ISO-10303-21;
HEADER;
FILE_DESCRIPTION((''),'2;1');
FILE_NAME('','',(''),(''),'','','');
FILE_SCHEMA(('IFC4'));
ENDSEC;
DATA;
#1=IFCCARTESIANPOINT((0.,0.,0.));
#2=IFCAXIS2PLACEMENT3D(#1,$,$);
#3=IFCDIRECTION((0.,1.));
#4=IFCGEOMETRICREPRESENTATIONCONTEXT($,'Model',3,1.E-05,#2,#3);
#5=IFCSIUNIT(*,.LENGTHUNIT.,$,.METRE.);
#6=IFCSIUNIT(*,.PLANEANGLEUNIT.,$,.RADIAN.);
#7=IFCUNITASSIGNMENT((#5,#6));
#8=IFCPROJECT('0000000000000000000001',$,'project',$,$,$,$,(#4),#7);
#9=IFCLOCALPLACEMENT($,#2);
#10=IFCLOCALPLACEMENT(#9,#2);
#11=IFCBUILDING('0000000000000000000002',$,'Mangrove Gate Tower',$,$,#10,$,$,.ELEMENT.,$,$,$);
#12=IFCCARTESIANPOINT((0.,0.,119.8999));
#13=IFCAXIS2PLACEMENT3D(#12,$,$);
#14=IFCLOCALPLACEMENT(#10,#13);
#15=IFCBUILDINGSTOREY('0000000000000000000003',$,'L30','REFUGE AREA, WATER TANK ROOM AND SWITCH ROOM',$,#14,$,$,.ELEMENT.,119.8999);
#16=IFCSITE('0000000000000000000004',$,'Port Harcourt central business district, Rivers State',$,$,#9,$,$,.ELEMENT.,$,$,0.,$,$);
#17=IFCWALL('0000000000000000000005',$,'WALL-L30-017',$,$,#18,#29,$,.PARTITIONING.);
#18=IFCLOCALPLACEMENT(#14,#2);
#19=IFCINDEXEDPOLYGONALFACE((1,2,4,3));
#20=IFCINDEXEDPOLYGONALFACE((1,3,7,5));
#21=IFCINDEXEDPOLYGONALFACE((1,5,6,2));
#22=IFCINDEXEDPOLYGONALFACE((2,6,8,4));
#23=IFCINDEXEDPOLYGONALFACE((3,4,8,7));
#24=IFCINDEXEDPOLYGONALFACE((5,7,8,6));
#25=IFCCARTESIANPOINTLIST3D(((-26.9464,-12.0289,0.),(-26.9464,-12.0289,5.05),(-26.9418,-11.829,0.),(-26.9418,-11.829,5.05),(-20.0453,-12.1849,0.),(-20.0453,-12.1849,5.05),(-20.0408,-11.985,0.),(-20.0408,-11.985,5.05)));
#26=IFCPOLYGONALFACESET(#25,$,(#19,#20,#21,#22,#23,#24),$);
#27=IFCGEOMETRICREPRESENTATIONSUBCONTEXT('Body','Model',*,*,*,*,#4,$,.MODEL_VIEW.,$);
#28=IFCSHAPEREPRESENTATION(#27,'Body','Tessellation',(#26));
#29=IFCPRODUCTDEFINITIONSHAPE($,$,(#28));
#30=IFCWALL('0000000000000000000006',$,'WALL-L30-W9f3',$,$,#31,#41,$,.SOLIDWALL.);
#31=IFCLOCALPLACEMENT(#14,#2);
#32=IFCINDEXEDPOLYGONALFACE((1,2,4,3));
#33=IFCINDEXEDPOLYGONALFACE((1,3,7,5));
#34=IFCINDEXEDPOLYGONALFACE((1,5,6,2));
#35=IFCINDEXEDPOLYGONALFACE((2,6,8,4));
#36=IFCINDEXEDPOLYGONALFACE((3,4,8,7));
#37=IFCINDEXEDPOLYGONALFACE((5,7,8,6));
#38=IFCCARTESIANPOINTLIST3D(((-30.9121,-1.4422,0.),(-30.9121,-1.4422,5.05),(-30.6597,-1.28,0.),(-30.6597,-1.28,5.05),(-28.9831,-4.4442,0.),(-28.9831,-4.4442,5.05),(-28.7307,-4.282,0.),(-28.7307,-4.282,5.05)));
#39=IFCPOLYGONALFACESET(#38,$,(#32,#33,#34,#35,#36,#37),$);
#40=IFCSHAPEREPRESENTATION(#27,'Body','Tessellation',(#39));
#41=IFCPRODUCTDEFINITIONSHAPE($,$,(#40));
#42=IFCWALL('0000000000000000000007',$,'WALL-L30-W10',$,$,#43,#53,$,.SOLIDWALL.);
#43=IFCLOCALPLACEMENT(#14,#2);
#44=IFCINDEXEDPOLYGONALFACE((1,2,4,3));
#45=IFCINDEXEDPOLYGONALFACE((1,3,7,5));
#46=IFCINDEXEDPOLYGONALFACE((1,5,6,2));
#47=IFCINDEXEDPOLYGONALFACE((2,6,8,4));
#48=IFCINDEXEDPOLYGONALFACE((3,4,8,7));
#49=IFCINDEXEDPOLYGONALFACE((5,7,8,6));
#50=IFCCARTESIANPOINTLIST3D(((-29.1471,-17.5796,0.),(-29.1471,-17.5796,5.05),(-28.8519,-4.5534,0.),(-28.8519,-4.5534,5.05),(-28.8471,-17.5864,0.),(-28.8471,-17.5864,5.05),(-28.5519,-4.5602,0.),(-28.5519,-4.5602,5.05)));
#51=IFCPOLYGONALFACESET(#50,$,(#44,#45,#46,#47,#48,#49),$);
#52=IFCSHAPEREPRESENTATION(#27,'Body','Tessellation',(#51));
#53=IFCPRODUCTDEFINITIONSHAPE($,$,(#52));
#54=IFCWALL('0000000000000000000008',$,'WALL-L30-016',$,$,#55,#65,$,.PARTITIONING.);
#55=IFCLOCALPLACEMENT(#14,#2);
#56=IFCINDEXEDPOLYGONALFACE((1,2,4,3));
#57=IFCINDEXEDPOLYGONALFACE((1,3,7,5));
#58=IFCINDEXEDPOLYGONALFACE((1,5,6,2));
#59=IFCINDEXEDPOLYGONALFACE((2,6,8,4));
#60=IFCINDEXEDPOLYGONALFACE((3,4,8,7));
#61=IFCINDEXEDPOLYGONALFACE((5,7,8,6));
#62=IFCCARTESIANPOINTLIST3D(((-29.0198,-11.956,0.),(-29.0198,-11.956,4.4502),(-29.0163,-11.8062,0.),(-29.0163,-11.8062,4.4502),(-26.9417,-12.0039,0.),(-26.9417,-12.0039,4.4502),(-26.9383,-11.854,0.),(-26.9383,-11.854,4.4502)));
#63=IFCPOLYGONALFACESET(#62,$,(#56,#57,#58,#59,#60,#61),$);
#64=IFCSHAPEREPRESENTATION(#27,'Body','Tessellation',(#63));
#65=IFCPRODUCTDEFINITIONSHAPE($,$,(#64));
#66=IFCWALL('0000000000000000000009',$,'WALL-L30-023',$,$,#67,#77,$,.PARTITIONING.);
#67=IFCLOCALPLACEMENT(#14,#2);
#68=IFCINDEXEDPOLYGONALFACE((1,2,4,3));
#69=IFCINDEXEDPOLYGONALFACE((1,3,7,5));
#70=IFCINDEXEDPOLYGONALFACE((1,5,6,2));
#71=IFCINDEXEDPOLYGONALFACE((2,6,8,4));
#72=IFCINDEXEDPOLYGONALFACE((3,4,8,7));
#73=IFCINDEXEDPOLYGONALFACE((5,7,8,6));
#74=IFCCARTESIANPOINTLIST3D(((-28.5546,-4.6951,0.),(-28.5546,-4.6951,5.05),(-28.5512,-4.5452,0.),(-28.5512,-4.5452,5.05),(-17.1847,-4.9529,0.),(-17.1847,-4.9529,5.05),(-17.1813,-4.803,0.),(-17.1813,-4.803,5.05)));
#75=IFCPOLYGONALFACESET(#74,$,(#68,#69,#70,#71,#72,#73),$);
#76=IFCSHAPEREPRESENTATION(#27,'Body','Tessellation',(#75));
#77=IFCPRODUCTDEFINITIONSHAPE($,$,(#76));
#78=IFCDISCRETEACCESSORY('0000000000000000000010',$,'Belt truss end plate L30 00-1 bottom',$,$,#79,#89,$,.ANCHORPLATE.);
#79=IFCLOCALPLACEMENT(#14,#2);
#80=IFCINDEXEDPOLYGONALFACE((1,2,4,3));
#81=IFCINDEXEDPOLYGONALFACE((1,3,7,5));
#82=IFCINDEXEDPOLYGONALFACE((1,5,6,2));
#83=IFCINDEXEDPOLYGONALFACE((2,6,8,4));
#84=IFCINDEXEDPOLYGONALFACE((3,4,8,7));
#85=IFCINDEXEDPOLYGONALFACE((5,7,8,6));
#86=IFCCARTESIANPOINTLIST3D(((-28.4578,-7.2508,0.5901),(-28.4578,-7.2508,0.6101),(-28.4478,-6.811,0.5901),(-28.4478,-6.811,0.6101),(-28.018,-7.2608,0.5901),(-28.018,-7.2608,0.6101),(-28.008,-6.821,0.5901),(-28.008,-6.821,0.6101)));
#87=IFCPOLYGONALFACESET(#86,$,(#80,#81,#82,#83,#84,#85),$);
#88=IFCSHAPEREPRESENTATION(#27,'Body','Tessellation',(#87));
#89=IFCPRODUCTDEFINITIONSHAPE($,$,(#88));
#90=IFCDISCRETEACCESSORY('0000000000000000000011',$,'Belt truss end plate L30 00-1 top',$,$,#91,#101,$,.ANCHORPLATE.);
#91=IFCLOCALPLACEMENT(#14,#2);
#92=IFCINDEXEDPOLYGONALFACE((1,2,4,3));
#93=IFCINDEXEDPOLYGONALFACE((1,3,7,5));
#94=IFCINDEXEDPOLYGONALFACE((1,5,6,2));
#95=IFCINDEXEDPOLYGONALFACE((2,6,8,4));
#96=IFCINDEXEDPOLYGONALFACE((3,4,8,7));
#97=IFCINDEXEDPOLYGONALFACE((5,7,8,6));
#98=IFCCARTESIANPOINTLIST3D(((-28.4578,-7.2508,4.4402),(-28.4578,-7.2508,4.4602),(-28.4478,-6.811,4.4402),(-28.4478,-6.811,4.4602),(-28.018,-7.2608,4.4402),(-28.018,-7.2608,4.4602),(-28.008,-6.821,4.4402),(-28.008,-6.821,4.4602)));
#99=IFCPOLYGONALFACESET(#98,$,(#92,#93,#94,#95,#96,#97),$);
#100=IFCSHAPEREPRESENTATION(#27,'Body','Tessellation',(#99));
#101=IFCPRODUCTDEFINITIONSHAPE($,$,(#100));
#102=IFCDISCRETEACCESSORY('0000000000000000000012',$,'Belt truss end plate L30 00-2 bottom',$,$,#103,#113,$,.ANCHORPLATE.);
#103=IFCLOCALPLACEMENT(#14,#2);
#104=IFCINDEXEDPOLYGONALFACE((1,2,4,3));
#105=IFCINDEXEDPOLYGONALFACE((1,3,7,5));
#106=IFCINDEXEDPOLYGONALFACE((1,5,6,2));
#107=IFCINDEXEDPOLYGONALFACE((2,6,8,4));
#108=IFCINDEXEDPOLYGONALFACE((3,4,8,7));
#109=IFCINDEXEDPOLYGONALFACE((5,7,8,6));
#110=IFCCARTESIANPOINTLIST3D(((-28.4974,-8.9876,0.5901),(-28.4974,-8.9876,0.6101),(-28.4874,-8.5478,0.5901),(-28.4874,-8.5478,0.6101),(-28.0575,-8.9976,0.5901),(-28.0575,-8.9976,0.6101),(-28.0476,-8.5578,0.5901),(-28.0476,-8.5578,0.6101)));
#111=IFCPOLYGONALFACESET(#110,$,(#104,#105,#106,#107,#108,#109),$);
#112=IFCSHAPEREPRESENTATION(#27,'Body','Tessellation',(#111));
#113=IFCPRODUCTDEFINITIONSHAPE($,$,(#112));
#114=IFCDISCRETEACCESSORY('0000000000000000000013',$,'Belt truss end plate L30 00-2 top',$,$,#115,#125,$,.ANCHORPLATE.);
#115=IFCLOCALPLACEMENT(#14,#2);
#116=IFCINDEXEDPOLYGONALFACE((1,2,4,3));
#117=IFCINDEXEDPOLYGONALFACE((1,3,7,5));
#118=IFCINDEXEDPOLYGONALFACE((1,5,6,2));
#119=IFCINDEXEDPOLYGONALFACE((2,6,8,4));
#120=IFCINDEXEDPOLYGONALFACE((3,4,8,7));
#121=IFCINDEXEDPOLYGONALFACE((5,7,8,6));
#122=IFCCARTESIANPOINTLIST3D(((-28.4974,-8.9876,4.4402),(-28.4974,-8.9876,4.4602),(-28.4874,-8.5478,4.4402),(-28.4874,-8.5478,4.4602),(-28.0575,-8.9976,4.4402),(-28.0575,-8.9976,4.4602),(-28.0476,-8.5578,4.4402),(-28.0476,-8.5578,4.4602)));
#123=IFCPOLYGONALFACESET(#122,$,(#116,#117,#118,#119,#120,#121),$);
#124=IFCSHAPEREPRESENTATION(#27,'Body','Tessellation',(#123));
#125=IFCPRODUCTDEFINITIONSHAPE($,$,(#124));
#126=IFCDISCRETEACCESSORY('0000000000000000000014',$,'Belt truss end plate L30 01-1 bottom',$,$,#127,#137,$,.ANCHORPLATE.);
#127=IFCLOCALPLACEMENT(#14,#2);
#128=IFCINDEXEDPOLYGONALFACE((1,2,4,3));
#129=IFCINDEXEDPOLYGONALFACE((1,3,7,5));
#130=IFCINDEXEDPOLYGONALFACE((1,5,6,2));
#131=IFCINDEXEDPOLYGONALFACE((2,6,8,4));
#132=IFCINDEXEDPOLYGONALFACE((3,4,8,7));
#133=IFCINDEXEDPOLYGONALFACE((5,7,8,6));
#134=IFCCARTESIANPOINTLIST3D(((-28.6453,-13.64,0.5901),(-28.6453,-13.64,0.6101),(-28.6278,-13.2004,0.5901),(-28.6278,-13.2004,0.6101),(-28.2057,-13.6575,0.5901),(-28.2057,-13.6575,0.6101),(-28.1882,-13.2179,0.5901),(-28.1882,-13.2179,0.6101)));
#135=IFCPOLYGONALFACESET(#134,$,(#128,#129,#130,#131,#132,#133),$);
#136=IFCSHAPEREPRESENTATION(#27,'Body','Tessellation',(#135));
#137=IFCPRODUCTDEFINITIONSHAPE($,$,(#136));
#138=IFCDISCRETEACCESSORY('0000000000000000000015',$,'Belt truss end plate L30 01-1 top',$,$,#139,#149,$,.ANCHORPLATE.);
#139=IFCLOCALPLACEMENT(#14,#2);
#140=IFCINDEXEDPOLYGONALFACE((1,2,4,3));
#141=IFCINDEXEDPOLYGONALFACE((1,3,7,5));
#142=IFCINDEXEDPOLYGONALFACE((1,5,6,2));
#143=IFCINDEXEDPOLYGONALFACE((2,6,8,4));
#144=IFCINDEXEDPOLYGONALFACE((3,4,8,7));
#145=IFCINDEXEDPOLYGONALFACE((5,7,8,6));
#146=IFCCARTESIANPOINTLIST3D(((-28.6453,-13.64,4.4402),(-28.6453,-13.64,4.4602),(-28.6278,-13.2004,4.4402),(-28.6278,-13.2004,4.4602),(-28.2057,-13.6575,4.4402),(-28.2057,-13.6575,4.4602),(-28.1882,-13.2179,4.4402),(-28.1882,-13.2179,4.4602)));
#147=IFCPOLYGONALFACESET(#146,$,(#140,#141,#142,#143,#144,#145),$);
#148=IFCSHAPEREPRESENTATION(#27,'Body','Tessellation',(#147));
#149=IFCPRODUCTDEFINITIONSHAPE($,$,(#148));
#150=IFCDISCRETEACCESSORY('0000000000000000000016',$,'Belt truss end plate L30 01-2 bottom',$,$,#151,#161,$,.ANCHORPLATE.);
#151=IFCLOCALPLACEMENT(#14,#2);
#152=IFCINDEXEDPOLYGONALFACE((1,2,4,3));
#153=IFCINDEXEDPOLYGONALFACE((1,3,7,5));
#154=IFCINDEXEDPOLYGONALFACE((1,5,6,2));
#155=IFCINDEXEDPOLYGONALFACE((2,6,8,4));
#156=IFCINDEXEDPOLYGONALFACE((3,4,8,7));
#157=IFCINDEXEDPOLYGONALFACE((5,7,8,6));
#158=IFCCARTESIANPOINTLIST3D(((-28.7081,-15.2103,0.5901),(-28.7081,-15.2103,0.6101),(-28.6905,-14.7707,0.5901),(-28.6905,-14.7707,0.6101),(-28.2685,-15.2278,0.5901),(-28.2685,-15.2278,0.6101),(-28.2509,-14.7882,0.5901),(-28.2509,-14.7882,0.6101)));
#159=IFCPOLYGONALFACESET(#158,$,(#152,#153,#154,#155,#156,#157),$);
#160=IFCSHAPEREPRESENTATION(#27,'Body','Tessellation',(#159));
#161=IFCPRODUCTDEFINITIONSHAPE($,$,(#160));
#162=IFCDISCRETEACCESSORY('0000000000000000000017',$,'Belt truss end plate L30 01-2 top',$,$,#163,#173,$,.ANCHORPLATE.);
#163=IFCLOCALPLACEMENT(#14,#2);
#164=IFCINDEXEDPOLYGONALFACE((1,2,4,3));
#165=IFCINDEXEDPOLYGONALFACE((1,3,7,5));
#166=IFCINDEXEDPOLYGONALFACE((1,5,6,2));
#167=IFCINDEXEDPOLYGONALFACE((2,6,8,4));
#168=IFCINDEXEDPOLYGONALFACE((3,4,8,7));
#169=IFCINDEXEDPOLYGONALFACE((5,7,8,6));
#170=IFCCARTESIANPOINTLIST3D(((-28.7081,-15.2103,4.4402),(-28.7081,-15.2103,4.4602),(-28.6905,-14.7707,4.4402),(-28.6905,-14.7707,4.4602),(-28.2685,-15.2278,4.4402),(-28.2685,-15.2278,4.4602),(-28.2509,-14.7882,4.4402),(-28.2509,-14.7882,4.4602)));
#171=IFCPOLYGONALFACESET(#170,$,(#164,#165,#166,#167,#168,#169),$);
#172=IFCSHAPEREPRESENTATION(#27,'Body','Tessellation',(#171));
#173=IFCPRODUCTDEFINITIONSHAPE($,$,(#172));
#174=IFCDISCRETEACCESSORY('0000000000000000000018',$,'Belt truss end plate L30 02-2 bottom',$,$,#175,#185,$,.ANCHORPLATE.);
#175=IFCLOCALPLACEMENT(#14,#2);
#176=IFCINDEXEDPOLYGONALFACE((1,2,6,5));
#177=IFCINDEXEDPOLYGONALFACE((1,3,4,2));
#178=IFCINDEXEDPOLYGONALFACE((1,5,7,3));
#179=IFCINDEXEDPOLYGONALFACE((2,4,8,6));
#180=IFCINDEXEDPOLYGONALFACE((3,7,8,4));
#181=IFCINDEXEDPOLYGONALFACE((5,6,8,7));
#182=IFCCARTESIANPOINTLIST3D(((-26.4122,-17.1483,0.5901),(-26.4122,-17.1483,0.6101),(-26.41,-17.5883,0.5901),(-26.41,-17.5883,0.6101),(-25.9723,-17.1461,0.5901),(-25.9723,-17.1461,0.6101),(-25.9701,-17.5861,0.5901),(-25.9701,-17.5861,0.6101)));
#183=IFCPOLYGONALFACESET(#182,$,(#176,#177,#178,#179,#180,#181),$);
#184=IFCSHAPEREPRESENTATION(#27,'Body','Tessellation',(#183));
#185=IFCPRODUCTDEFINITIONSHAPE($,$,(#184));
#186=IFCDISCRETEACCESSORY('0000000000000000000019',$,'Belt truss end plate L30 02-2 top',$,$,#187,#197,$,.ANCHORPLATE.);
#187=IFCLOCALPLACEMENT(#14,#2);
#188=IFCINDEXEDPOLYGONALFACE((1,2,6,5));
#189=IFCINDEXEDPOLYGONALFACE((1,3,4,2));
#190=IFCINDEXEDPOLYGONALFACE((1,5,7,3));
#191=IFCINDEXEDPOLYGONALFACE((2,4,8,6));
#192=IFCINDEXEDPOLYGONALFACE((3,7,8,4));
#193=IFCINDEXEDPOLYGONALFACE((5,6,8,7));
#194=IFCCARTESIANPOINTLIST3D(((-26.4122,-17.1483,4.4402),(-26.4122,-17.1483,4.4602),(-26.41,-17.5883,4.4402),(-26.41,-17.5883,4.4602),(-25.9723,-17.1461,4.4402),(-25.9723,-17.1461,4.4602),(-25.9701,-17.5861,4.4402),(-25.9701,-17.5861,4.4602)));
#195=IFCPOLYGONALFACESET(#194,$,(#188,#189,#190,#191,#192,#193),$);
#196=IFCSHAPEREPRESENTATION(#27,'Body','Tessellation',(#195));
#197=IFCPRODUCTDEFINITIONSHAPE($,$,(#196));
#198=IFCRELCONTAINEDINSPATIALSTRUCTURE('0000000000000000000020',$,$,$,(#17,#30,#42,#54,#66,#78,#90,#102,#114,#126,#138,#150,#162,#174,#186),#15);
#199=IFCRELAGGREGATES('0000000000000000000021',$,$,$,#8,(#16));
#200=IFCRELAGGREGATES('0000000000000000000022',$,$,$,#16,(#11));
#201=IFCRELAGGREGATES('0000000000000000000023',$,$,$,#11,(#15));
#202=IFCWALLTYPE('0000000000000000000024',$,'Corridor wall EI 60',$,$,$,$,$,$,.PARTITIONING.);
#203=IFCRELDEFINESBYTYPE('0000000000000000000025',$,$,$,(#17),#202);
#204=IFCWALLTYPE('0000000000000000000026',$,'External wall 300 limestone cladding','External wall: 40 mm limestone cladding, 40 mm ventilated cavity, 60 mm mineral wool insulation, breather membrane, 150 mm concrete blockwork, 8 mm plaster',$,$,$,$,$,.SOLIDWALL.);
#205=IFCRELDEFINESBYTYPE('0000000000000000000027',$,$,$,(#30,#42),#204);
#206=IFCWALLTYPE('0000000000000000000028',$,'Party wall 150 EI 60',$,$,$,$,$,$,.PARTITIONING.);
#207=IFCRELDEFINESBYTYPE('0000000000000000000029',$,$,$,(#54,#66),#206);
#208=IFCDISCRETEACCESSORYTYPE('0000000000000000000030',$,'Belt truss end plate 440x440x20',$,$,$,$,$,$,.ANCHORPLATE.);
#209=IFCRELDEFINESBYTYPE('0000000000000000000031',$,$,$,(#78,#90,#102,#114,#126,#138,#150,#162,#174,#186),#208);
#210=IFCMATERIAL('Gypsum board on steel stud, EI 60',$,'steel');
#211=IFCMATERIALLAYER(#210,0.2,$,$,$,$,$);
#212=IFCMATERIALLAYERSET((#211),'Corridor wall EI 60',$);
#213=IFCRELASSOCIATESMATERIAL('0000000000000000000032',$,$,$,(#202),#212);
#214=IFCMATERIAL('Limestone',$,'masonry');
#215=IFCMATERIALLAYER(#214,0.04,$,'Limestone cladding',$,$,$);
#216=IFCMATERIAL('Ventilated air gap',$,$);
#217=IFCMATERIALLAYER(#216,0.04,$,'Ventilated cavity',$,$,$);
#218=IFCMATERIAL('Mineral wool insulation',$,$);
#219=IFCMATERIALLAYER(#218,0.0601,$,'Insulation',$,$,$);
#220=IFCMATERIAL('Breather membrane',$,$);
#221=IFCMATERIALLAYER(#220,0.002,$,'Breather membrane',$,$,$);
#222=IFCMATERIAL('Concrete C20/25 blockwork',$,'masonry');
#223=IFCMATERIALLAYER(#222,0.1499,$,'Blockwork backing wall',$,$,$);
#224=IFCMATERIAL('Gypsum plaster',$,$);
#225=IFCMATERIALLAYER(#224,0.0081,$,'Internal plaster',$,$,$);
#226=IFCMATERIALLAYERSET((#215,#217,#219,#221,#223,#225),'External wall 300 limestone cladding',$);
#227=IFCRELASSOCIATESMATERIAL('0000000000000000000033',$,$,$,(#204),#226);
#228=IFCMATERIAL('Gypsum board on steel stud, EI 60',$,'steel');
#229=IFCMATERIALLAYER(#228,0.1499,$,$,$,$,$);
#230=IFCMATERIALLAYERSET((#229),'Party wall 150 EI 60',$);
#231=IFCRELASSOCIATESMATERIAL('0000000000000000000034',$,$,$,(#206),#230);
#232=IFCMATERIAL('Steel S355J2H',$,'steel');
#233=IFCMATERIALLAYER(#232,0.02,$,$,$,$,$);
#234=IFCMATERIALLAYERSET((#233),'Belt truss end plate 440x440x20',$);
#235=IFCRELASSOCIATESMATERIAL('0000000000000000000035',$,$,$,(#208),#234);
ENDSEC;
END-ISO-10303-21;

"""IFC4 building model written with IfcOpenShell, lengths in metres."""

from ifc_helpers import new_model, si_unit, direction, frame, frame_2d, origin, origin_2d, place, context, subcontext, project, spatial, rectangle, extrude, material, layer, layer_set, type_object, element, save


model = new_model("IFC4")

# Units and contexts
model_context = context("Model", 3, precision=1e-05, world=origin(), true_north=direction((0.0, 1.0)))
body_context = subcontext(model_context, "Body", "Model", "MODEL_VIEW")
ifc_project = project(units=[si_unit("LENGTHUNIT", "METRE"), si_unit("PLANEANGLEUNIT", "RADIAN")], contexts=[model_context])

# Site, building, storey
site_placement = place(None, origin())
site = spatial("IfcSite", under=ifc_project, at=site_placement, Name="Port Harcourt central business district, Rivers State", CompositionType="ELEMENT", RefElevation=0.0)
building_placement = place(site_placement, origin())
building = spatial("IfcBuilding", under=site, at=building_placement, Name="Mangrove Gate Tower", CompositionType="ELEMENT")
storey_placement = place(building_placement, frame((0.0, 0.0, 119.8999)))
storey = spatial("IfcBuildingStorey", under=building, at=storey_placement, Name="L30", Description="REFUGE AREA, WATER TANK ROOM AND SWITCH ROOM", CompositionType="ELEMENT", Elevation=119.8999)

# Shared definitions
ifc_material_1 = material(Name="Gypsum board on steel stud, EI 60", Category="steel")
ifc_layer_1 = layer(ifc_material_1, 0.2)
ifc_layer_set_1 = layer_set([ifc_layer_1], Name="Corridor wall EI 60")
wall_type_1 = type_object("IfcWallType", Name="Corridor wall EI 60", PredefinedType="PARTITIONING", material=ifc_layer_set_1)

# Walls
wall_1_placement = place(storey_placement, frame((-26.9441, -11.929, 0.0), z_axis=(0.0, 0.0, 1.0), x_axis=(0.999745, -0.0226, 0.0)))
element("IfcWall", 1, at=wall_1_placement, inside=storey, type_object=wall_type_1, Name="WALL-L30-017", PredefinedType="PARTITIONING", context=body_context, shape_type="SweptSolid", body=[
    extrude(rectangle(XDim=6.9028, YDim=0.2, at=frame_2d((3.4514, 0.0))), origin(), (0.0, 0.0, 1.0), 5.05),
])
ifc_material_2 = material(Name="Limestone", Category="masonry")
ifc_layer_2 = layer(ifc_material_2, 0.04, Name="Limestone cladding")
ifc_material_3 = material(Name="Ventilated air gap")
ifc_layer_3 = layer(ifc_material_3, 0.04, Name="Ventilated cavity")
ifc_material_4 = material(Name="Mineral wool insulation")
ifc_layer_4 = layer(ifc_material_4, 0.0601, Name="Insulation")
ifc_material_5 = material(Name="Breather membrane")
ifc_layer_5 = layer(ifc_material_5, 0.002, Name="Breather membrane")
ifc_material_6 = material(Name="Concrete C20/25 blockwork", Category="masonry")
ifc_layer_6 = layer(ifc_material_6, 0.1499, Name="Blockwork backing wall")
ifc_material_7 = material(Name="Gypsum plaster")
ifc_layer_7 = layer(ifc_material_7, 0.0081, Name="Internal plaster")
ifc_layer_set_2 = layer_set([ifc_layer_2, ifc_layer_3, ifc_layer_4, ifc_layer_5, ifc_layer_6, ifc_layer_7], Name="External wall 300 limestone cladding")
wall_type_2 = type_object("IfcWallType", Name="External wall 300 limestone cladding", Description="External wall: 40 mm limestone cladding, 40 mm ventilated cavity, 60 mm mineral wool insulation, breather membrane, 150 mm concrete blockwork, 8 mm plaster", PredefinedType="SOLIDWALL", material=ifc_layer_set_2)
wall_2_placement = place(storey_placement, frame((-30.7859, -1.3611, 0.0), z_axis=(0.0, 0.0, 1.0), x_axis=(0.540585, -0.84129, 0.0)))
element("IfcWall", 2, at=wall_2_placement, inside=storey, type_object=wall_type_2, Name="WALL-L30-W9f3", PredefinedType="SOLIDWALL", context=body_context, shape_type="SweptSolid", body=[
    extrude(rectangle(XDim=3.5684, YDim=0.3, at=frame_2d((1.7842, 0.0))), origin(), (0.0, 0.0, 1.0), 5.05),
])
wall_3_placement = place(storey_placement, frame((-28.7019, -4.5569, 0.0), z_axis=(0.0, 0.0, 1.0), x_axis=(-0.022654, -0.999743, 0.0)))
element("IfcWall", 3, at=wall_3_placement, inside=storey, type_object=wall_type_2, Name="WALL-L30-W10", PredefinedType="SOLIDWALL", context=body_context, shape_type="SweptSolid", body=[
    extrude(rectangle(XDim=13.0295, YDim=0.3, at=frame_2d((6.5146, 0.0))), origin(), (0.0, 0.0, 1.0), 5.05),
])
ifc_material_8 = material(Name="Gypsum board on steel stud, EI 60", Category="steel")
ifc_layer_8 = layer(ifc_material_8, 0.1499)
ifc_layer_set_3 = layer_set([ifc_layer_8], Name="Party wall 150 EI 60")
wall_type_3 = type_object("IfcWallType", Name="Party wall 150 EI 60", PredefinedType="PARTITIONING", material=ifc_layer_set_3)
wall_4_placement = place(storey_placement, frame((-29.0181, -11.8811, 0.0), z_axis=(0.0, 0.0, 1.0), x_axis=(0.999735, -0.02302, 0.0)))
element("IfcWall", 4, at=wall_4_placement, inside=storey, type_object=wall_type_3, Name="WALL-L30-016", PredefinedType="PARTITIONING", context=body_context, shape_type="SweptSolid", body=[
    extrude(rectangle(XDim=2.0786, YDim=0.1499, at=frame_2d((1.0393, 0.0))), origin(), (0.0, 0.0, 1.0), 4.4502),
])
wall_5_placement = place(storey_placement, frame((-28.553, -4.6201, 0.0), z_axis=(0.0, 0.0, 1.0), x_axis=(0.999743, -0.022669, 0.0)))
element("IfcWall", 5, at=wall_5_placement, inside=storey, type_object=wall_type_3, Name="WALL-L30-023", PredefinedType="PARTITIONING", context=body_context, shape_type="SweptSolid", body=[
    extrude(rectangle(XDim=11.3728, YDim=0.1499, at=frame_2d((5.6865, 0.0))), origin(), (0.0, 0.0, 1.0), 5.05),
])

# Discrete accessories
ifc_material_9 = material(Name="Steel S355J2H", Category="steel")
ifc_layer_9 = layer(ifc_material_9, 0.02)
ifc_layer_set_4 = layer_set([ifc_layer_9], Name="Belt truss end plate 440x440x20")
discrete_accessory_type = type_object("IfcDiscreteAccessoryType", Name="Belt truss end plate 440x440x20", PredefinedType="ANCHORPLATE", material=ifc_layer_set_4)
for number, where, z_axis, x_axis, name in (
    (6, (-28.2329, -7.0359, 0.5901), (0.0, 0.0, 1.0), (-0.022708, -0.999742, 0.0), "Belt truss end plate L30 00-1 bottom"),
    (7, (-28.2329, -7.0359, 4.4402), (0.0, 0.0, 1.0), (-0.022708, -0.999742, 0.0), "Belt truss end plate L30 00-1 top"),
    (8, (-28.2725, -8.7727, 0.5901), (0.0, 0.0, 1.0), (-0.022708, -0.999742, 0.0), "Belt truss end plate L30 00-2 bottom"),
    (9, (-28.2725, -8.7727, 4.4402), (0.0, 0.0, 1.0), (-0.022708, -0.999742, 0.0), "Belt truss end plate L30 00-2 top"),
    (10, (-28.4167, -13.429, 0.5901), (0.0, 0.0, 1.0), (-0.03987, -0.999205, 0.0), "Belt truss end plate L30 01-1 bottom"),
    (11, (-28.4167, -13.429, 4.4402), (0.0, 0.0, 1.0), (-0.03987, -0.999205, 0.0), "Belt truss end plate L30 01-1 top"),
    (12, (-28.4795, -14.9993, 0.5901), (0.0, 0.0, 1.0), (-0.03987, -0.999205, 0.0), "Belt truss end plate L30 01-2 bottom"),
    (13, (-28.4795, -14.9993, 4.4402), (0.0, 0.0, 1.0), (-0.03987, -0.999205, 0.0), "Belt truss end plate L30 01-2 top"),
    (14, (-26.1912, -17.3672, 0.5901), (0.0, 0.0, 1.0), (0.999988, 0.004989, 0.0), "Belt truss end plate L30 02-2 bottom"),
    (15, (-26.1912, -17.3672, 4.4402), (0.0, 0.0, 1.0), (0.999988, 0.004989, 0.0), "Belt truss end plate L30 02-2 top"),
):
    element("IfcDiscreteAccessory", number, at=place(storey_placement, frame(where, z_axis=z_axis, x_axis=x_axis)), inside=storey, type_object=discrete_accessory_type, Name=name, PredefinedType="ANCHORPLATE", context=body_context, shape_type="SweptSolid", body=[
        extrude(rectangle(XDim=0.4399, YDim=0.4399, at=origin_2d()), origin(), (0.0, 0.0, 1.0), 0.02),
    ])

save(model, "model.ifc")
